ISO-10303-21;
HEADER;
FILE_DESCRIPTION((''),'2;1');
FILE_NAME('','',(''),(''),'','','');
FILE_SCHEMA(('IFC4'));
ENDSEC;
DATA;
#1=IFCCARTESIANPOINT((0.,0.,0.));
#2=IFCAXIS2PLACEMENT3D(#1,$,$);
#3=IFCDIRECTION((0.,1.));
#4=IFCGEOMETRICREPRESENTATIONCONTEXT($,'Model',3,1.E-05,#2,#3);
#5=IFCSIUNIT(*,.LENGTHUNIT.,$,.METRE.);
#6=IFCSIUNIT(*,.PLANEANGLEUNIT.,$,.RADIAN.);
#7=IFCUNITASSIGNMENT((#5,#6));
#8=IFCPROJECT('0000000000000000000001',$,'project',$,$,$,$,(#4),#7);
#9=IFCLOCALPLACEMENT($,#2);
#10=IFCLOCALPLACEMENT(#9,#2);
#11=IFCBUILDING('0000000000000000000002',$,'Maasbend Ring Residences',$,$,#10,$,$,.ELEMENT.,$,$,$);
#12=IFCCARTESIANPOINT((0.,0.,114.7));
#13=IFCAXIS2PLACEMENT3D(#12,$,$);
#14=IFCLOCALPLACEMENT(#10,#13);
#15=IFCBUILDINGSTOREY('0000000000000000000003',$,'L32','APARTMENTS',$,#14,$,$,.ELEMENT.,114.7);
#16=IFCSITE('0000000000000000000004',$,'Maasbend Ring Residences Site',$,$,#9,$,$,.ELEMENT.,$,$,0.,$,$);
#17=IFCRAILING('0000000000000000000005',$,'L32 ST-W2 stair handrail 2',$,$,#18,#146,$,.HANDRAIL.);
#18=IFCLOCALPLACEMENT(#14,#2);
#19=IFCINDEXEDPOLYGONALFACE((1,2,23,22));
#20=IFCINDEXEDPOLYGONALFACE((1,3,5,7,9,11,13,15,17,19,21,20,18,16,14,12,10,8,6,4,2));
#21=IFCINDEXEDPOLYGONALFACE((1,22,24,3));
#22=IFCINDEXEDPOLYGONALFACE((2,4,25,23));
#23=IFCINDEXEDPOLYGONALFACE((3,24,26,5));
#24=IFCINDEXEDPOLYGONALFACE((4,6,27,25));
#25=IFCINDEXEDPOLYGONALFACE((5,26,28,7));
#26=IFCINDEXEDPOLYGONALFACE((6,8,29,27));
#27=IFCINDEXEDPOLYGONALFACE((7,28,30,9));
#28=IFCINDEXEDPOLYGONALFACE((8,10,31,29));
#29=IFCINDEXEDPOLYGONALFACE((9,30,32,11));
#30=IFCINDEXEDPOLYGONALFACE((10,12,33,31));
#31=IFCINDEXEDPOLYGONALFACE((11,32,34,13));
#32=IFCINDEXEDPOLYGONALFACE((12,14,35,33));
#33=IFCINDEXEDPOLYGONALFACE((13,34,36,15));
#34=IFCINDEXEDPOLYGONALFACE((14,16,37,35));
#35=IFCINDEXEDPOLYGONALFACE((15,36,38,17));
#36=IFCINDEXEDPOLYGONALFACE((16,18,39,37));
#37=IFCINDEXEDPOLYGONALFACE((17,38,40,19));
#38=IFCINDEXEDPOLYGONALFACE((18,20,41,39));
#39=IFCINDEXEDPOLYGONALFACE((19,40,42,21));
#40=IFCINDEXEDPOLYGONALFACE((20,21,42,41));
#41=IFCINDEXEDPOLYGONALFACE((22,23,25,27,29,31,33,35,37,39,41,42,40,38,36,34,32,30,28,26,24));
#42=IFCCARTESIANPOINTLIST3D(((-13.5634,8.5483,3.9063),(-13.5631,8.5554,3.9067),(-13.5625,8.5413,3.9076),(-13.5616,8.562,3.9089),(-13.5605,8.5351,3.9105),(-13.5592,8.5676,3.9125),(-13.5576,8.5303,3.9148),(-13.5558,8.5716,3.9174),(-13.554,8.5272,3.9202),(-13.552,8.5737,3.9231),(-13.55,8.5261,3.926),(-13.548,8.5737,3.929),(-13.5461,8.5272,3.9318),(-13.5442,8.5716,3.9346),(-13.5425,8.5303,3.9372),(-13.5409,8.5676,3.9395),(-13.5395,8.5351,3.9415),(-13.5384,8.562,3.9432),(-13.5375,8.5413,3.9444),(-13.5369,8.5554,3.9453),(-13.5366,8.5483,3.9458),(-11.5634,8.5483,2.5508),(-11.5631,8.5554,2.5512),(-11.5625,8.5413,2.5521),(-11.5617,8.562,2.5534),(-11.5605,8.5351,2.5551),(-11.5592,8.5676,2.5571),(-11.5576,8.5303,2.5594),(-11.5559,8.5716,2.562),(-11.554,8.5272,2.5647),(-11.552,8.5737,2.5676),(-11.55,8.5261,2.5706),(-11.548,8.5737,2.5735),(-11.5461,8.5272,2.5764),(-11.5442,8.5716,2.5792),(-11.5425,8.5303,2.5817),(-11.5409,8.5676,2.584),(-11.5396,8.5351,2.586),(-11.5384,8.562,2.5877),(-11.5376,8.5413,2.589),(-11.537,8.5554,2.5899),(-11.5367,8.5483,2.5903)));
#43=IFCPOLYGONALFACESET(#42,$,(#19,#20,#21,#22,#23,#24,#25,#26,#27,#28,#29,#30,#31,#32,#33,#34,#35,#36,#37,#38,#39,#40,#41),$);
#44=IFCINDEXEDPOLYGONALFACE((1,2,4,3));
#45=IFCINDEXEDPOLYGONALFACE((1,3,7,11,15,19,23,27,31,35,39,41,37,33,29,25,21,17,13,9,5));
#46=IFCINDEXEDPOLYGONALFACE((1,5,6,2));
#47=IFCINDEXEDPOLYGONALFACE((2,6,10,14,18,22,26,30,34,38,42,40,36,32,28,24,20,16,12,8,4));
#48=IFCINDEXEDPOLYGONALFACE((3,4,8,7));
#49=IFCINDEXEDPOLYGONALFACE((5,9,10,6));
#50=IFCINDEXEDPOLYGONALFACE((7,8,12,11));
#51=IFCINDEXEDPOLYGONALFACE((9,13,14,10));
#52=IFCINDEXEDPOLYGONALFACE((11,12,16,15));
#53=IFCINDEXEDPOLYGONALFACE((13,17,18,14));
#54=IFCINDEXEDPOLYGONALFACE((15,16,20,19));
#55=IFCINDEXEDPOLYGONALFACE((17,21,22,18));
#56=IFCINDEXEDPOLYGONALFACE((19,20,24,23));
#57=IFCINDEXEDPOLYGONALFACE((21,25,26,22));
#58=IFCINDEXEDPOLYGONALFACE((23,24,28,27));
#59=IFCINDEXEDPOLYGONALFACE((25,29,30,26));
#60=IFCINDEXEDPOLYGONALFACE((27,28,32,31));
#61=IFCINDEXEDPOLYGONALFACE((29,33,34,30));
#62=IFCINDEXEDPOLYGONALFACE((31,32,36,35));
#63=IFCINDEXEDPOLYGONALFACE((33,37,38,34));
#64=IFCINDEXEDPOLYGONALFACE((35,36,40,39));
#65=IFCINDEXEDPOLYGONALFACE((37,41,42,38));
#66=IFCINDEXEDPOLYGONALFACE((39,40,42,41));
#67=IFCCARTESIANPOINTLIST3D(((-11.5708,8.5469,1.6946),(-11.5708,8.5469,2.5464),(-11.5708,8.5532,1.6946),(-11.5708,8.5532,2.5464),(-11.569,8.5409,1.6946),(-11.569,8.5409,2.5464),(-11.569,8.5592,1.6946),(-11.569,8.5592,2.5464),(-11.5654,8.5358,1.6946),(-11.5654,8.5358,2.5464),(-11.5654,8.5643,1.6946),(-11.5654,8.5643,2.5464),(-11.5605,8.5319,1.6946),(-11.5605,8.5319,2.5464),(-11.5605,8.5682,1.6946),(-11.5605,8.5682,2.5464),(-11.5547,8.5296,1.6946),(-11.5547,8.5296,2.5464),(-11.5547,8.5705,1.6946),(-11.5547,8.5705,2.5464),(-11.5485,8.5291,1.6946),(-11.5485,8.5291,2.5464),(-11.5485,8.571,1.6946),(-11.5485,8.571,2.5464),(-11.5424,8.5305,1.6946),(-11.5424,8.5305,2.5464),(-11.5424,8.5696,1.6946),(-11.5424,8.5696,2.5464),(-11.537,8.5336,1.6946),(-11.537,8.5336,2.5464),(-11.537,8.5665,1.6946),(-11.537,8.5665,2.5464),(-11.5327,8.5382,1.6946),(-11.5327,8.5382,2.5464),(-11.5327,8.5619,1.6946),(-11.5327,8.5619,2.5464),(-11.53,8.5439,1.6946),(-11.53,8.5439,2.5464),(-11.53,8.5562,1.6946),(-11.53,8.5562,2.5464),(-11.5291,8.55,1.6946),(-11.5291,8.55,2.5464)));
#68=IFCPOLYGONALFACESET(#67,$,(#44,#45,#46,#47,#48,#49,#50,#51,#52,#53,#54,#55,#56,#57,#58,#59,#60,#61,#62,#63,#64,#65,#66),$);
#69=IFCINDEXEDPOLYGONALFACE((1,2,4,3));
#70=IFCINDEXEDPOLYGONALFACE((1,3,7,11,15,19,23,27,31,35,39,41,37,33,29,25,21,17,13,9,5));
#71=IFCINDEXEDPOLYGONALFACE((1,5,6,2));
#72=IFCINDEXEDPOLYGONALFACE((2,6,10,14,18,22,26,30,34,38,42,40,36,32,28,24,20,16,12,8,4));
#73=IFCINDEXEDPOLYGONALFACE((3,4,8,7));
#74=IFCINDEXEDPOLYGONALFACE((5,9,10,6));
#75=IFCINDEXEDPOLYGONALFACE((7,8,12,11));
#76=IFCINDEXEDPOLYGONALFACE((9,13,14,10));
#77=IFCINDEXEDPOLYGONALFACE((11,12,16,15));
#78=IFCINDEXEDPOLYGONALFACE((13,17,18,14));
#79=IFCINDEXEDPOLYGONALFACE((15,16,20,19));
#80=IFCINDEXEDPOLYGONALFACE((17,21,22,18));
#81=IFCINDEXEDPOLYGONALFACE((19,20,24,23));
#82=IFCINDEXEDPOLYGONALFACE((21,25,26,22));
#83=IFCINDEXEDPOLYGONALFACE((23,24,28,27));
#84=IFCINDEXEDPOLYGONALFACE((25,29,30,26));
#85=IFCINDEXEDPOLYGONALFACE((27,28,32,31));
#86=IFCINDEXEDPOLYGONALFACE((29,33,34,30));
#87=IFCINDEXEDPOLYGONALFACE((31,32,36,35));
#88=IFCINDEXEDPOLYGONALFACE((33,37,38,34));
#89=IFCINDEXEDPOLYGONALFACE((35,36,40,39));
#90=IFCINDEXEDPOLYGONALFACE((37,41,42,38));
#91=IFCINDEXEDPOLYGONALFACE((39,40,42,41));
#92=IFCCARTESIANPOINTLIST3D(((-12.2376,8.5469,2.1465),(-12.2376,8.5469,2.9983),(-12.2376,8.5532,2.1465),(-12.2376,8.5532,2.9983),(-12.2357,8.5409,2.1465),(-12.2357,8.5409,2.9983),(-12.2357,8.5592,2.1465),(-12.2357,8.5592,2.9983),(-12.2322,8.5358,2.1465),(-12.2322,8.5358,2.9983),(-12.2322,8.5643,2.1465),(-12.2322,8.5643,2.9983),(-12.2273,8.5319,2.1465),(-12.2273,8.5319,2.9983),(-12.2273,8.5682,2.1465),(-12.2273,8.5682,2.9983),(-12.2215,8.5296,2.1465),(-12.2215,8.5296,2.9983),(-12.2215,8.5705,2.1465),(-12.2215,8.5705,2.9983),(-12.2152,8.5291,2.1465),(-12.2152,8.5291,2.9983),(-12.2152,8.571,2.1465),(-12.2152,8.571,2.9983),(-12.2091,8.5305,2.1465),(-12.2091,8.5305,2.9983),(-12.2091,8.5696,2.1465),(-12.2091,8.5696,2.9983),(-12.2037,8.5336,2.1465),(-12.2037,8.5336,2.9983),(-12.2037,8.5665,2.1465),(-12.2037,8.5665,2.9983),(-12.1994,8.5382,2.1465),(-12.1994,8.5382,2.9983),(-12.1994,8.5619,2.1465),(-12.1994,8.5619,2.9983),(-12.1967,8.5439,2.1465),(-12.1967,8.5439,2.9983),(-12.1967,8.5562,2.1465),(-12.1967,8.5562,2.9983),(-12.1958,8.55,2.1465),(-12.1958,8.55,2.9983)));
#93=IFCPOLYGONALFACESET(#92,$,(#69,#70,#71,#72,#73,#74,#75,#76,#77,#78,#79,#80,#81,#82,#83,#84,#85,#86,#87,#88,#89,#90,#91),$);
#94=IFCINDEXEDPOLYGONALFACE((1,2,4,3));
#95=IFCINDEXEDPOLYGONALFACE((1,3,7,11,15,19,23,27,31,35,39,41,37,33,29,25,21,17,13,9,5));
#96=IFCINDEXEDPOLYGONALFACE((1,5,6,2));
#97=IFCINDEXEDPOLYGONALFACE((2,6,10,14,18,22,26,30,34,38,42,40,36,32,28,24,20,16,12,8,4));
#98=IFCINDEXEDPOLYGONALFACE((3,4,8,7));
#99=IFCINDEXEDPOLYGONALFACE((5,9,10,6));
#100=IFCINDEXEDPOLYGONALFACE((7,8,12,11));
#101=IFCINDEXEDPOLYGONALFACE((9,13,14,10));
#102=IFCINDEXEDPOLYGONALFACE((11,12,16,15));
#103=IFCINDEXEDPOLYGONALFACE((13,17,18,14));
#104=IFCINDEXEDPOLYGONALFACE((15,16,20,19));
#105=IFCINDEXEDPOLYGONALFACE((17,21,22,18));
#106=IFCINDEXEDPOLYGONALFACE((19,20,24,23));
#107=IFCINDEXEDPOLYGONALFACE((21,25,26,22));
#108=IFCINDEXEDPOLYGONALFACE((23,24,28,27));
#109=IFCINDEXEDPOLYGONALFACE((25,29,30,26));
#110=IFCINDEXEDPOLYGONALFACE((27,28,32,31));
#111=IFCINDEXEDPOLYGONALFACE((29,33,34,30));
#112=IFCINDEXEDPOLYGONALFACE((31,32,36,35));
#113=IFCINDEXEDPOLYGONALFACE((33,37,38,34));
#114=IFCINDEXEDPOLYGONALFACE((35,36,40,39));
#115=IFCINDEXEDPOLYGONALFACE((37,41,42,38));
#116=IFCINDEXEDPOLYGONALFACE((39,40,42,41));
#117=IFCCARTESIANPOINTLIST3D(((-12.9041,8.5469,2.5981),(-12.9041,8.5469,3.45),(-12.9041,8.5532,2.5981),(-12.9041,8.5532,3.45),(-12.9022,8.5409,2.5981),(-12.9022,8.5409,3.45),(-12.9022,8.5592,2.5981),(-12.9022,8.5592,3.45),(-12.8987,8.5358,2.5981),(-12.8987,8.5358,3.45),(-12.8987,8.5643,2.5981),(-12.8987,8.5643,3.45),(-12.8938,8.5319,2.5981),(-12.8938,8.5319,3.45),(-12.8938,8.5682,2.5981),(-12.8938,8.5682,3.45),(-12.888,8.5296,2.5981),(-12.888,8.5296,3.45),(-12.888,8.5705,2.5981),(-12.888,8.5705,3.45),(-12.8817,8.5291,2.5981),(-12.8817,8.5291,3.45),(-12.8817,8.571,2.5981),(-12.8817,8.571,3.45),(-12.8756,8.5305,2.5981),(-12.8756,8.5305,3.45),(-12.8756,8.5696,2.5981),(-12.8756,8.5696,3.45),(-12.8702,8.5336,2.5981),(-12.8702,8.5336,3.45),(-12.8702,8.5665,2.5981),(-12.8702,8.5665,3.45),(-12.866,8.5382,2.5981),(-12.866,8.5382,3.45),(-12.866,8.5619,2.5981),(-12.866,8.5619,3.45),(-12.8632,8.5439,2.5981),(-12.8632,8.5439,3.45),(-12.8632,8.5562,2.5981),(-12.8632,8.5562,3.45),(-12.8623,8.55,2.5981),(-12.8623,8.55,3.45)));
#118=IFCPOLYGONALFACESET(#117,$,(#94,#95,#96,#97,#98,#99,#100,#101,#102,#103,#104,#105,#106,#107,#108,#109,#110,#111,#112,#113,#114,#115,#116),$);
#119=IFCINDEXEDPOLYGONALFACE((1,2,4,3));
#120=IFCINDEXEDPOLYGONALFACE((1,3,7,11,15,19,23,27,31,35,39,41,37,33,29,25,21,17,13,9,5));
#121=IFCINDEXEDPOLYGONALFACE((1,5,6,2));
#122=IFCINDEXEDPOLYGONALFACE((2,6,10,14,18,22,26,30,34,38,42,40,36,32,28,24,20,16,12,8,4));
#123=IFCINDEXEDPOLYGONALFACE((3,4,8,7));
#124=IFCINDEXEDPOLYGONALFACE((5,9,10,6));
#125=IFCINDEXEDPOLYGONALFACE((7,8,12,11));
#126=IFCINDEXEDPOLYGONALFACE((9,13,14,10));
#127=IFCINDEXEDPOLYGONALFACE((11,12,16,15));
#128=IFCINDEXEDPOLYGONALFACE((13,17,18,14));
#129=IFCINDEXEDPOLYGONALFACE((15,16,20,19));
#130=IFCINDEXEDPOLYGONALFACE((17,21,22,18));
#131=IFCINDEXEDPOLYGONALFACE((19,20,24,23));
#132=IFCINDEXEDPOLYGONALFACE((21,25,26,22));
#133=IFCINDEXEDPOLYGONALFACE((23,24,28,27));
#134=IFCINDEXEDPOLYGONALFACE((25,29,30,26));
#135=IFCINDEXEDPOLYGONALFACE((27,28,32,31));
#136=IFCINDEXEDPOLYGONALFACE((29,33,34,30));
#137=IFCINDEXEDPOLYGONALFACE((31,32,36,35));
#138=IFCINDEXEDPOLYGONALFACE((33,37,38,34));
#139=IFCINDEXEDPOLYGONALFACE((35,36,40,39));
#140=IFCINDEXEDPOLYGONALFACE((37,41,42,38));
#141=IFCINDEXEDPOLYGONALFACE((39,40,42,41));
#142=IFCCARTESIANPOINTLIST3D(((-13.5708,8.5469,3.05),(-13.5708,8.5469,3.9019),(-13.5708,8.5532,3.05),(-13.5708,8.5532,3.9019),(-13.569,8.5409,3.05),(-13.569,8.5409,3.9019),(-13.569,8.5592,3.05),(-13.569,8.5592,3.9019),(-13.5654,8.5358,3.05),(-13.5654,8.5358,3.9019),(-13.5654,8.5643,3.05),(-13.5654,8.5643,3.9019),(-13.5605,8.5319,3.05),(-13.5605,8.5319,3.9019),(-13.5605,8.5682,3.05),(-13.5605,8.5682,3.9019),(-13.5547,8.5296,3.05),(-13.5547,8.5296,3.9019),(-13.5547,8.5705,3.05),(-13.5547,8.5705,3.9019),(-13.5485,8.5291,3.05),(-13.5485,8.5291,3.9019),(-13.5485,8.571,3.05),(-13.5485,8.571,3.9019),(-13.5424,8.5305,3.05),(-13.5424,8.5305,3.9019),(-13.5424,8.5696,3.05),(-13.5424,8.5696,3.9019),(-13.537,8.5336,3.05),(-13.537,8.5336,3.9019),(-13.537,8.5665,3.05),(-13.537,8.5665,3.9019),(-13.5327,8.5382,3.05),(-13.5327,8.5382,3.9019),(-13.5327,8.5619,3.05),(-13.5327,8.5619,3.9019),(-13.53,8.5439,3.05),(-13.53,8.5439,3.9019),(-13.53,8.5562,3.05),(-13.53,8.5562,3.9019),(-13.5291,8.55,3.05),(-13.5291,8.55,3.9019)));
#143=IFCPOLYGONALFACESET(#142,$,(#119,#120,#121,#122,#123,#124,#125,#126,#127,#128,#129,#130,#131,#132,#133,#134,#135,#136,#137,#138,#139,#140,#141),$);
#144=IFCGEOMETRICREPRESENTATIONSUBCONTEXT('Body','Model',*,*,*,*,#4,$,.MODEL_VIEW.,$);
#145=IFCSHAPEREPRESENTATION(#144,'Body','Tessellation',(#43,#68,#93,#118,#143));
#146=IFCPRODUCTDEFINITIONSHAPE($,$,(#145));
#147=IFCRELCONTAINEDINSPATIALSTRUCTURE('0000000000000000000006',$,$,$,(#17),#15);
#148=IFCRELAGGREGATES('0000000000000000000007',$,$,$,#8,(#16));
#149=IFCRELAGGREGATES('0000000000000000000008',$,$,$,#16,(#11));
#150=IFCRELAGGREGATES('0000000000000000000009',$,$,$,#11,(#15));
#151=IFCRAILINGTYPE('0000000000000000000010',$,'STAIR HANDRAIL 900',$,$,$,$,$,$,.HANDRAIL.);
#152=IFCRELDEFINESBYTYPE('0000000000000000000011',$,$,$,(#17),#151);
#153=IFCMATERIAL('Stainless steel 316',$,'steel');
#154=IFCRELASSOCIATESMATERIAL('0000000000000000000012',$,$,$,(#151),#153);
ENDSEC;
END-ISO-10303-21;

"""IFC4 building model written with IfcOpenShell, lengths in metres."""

from ifc_helpers import new_model, si_unit, direction, frame, origin, origin_2d, place, context, subcontext, project, spatial, circle, extrude, material, type_object, element, save


model = new_model("IFC4")

# Units and contexts
model_context = context("Model", 3, precision=1e-05, world=origin(), true_north=direction((0.0, 1.0)))
body_context = subcontext(model_context, "Body", "Model", "MODEL_VIEW")
ifc_project = project(units=[si_unit("LENGTHUNIT", "METRE"), si_unit("PLANEANGLEUNIT", "RADIAN")], contexts=[model_context])

# Site, building, storey
site_placement = place(None, origin())
site = spatial("IfcSite", under=ifc_project, at=site_placement, Name="Maasbend Ring Residences Site", CompositionType="ELEMENT", RefElevation=0.0)
building_placement = place(site_placement, origin())
building = spatial("IfcBuilding", under=site, at=building_placement, Name="Maasbend Ring Residences", CompositionType="ELEMENT")
storey_placement = place(building_placement, frame((0.0, 0.0, 114.7)))
storey = spatial("IfcBuildingStorey", under=building, at=storey_placement, Name="L32", Description="APARTMENTS", CompositionType="ELEMENT", Elevation=114.7)

# Railing
ifc_material_1 = material(Name="Stainless steel 316", Category="steel")
railing_type_1 = type_object("IfcRailingType", Name="STAIR HANDRAIL 900", PredefinedType="HANDRAIL", material=ifc_material_1)
railing_1_placement = place(storey_placement, frame((-11.55, 8.55, 1.6946)))
element("IfcRailing", 1, at=railing_1_placement, inside=storey, type_object=railing_type_1, Name="L32 ST-W2 stair handrail 2", PredefinedType="HANDRAIL", context=body_context, shape_type="SweptSolid", body=[
    extrude(circle(Radius=0.0239, at=origin_2d()), frame((0.0, 0.0, 0.876), z_axis=(-0.827798, 0.0, 0.561027), x_axis=(0.0, -1.0, 0.0)), (0.0, 0.0, 1.0), 2.416),
    extrude(circle(Radius=0.021, at=origin_2d()), origin(), (0.0, 0.0, 1.0), 0.8518),
    extrude(circle(Radius=0.021, at=origin_2d()), frame((-0.6667, 0.0, 0.4519)), (0.0, 0.0, 1.0), 0.8518),
    extrude(circle(Radius=0.021, at=origin_2d()), frame((-1.3333, 0.0, 0.9036)), (0.0, 0.0, 1.0), 0.8518),
    extrude(circle(Radius=0.021, at=origin_2d()), frame((-2.0, 0.0, 1.3555)), (0.0, 0.0, 1.0), 0.8518),
])

save(model, "model.ifc")
